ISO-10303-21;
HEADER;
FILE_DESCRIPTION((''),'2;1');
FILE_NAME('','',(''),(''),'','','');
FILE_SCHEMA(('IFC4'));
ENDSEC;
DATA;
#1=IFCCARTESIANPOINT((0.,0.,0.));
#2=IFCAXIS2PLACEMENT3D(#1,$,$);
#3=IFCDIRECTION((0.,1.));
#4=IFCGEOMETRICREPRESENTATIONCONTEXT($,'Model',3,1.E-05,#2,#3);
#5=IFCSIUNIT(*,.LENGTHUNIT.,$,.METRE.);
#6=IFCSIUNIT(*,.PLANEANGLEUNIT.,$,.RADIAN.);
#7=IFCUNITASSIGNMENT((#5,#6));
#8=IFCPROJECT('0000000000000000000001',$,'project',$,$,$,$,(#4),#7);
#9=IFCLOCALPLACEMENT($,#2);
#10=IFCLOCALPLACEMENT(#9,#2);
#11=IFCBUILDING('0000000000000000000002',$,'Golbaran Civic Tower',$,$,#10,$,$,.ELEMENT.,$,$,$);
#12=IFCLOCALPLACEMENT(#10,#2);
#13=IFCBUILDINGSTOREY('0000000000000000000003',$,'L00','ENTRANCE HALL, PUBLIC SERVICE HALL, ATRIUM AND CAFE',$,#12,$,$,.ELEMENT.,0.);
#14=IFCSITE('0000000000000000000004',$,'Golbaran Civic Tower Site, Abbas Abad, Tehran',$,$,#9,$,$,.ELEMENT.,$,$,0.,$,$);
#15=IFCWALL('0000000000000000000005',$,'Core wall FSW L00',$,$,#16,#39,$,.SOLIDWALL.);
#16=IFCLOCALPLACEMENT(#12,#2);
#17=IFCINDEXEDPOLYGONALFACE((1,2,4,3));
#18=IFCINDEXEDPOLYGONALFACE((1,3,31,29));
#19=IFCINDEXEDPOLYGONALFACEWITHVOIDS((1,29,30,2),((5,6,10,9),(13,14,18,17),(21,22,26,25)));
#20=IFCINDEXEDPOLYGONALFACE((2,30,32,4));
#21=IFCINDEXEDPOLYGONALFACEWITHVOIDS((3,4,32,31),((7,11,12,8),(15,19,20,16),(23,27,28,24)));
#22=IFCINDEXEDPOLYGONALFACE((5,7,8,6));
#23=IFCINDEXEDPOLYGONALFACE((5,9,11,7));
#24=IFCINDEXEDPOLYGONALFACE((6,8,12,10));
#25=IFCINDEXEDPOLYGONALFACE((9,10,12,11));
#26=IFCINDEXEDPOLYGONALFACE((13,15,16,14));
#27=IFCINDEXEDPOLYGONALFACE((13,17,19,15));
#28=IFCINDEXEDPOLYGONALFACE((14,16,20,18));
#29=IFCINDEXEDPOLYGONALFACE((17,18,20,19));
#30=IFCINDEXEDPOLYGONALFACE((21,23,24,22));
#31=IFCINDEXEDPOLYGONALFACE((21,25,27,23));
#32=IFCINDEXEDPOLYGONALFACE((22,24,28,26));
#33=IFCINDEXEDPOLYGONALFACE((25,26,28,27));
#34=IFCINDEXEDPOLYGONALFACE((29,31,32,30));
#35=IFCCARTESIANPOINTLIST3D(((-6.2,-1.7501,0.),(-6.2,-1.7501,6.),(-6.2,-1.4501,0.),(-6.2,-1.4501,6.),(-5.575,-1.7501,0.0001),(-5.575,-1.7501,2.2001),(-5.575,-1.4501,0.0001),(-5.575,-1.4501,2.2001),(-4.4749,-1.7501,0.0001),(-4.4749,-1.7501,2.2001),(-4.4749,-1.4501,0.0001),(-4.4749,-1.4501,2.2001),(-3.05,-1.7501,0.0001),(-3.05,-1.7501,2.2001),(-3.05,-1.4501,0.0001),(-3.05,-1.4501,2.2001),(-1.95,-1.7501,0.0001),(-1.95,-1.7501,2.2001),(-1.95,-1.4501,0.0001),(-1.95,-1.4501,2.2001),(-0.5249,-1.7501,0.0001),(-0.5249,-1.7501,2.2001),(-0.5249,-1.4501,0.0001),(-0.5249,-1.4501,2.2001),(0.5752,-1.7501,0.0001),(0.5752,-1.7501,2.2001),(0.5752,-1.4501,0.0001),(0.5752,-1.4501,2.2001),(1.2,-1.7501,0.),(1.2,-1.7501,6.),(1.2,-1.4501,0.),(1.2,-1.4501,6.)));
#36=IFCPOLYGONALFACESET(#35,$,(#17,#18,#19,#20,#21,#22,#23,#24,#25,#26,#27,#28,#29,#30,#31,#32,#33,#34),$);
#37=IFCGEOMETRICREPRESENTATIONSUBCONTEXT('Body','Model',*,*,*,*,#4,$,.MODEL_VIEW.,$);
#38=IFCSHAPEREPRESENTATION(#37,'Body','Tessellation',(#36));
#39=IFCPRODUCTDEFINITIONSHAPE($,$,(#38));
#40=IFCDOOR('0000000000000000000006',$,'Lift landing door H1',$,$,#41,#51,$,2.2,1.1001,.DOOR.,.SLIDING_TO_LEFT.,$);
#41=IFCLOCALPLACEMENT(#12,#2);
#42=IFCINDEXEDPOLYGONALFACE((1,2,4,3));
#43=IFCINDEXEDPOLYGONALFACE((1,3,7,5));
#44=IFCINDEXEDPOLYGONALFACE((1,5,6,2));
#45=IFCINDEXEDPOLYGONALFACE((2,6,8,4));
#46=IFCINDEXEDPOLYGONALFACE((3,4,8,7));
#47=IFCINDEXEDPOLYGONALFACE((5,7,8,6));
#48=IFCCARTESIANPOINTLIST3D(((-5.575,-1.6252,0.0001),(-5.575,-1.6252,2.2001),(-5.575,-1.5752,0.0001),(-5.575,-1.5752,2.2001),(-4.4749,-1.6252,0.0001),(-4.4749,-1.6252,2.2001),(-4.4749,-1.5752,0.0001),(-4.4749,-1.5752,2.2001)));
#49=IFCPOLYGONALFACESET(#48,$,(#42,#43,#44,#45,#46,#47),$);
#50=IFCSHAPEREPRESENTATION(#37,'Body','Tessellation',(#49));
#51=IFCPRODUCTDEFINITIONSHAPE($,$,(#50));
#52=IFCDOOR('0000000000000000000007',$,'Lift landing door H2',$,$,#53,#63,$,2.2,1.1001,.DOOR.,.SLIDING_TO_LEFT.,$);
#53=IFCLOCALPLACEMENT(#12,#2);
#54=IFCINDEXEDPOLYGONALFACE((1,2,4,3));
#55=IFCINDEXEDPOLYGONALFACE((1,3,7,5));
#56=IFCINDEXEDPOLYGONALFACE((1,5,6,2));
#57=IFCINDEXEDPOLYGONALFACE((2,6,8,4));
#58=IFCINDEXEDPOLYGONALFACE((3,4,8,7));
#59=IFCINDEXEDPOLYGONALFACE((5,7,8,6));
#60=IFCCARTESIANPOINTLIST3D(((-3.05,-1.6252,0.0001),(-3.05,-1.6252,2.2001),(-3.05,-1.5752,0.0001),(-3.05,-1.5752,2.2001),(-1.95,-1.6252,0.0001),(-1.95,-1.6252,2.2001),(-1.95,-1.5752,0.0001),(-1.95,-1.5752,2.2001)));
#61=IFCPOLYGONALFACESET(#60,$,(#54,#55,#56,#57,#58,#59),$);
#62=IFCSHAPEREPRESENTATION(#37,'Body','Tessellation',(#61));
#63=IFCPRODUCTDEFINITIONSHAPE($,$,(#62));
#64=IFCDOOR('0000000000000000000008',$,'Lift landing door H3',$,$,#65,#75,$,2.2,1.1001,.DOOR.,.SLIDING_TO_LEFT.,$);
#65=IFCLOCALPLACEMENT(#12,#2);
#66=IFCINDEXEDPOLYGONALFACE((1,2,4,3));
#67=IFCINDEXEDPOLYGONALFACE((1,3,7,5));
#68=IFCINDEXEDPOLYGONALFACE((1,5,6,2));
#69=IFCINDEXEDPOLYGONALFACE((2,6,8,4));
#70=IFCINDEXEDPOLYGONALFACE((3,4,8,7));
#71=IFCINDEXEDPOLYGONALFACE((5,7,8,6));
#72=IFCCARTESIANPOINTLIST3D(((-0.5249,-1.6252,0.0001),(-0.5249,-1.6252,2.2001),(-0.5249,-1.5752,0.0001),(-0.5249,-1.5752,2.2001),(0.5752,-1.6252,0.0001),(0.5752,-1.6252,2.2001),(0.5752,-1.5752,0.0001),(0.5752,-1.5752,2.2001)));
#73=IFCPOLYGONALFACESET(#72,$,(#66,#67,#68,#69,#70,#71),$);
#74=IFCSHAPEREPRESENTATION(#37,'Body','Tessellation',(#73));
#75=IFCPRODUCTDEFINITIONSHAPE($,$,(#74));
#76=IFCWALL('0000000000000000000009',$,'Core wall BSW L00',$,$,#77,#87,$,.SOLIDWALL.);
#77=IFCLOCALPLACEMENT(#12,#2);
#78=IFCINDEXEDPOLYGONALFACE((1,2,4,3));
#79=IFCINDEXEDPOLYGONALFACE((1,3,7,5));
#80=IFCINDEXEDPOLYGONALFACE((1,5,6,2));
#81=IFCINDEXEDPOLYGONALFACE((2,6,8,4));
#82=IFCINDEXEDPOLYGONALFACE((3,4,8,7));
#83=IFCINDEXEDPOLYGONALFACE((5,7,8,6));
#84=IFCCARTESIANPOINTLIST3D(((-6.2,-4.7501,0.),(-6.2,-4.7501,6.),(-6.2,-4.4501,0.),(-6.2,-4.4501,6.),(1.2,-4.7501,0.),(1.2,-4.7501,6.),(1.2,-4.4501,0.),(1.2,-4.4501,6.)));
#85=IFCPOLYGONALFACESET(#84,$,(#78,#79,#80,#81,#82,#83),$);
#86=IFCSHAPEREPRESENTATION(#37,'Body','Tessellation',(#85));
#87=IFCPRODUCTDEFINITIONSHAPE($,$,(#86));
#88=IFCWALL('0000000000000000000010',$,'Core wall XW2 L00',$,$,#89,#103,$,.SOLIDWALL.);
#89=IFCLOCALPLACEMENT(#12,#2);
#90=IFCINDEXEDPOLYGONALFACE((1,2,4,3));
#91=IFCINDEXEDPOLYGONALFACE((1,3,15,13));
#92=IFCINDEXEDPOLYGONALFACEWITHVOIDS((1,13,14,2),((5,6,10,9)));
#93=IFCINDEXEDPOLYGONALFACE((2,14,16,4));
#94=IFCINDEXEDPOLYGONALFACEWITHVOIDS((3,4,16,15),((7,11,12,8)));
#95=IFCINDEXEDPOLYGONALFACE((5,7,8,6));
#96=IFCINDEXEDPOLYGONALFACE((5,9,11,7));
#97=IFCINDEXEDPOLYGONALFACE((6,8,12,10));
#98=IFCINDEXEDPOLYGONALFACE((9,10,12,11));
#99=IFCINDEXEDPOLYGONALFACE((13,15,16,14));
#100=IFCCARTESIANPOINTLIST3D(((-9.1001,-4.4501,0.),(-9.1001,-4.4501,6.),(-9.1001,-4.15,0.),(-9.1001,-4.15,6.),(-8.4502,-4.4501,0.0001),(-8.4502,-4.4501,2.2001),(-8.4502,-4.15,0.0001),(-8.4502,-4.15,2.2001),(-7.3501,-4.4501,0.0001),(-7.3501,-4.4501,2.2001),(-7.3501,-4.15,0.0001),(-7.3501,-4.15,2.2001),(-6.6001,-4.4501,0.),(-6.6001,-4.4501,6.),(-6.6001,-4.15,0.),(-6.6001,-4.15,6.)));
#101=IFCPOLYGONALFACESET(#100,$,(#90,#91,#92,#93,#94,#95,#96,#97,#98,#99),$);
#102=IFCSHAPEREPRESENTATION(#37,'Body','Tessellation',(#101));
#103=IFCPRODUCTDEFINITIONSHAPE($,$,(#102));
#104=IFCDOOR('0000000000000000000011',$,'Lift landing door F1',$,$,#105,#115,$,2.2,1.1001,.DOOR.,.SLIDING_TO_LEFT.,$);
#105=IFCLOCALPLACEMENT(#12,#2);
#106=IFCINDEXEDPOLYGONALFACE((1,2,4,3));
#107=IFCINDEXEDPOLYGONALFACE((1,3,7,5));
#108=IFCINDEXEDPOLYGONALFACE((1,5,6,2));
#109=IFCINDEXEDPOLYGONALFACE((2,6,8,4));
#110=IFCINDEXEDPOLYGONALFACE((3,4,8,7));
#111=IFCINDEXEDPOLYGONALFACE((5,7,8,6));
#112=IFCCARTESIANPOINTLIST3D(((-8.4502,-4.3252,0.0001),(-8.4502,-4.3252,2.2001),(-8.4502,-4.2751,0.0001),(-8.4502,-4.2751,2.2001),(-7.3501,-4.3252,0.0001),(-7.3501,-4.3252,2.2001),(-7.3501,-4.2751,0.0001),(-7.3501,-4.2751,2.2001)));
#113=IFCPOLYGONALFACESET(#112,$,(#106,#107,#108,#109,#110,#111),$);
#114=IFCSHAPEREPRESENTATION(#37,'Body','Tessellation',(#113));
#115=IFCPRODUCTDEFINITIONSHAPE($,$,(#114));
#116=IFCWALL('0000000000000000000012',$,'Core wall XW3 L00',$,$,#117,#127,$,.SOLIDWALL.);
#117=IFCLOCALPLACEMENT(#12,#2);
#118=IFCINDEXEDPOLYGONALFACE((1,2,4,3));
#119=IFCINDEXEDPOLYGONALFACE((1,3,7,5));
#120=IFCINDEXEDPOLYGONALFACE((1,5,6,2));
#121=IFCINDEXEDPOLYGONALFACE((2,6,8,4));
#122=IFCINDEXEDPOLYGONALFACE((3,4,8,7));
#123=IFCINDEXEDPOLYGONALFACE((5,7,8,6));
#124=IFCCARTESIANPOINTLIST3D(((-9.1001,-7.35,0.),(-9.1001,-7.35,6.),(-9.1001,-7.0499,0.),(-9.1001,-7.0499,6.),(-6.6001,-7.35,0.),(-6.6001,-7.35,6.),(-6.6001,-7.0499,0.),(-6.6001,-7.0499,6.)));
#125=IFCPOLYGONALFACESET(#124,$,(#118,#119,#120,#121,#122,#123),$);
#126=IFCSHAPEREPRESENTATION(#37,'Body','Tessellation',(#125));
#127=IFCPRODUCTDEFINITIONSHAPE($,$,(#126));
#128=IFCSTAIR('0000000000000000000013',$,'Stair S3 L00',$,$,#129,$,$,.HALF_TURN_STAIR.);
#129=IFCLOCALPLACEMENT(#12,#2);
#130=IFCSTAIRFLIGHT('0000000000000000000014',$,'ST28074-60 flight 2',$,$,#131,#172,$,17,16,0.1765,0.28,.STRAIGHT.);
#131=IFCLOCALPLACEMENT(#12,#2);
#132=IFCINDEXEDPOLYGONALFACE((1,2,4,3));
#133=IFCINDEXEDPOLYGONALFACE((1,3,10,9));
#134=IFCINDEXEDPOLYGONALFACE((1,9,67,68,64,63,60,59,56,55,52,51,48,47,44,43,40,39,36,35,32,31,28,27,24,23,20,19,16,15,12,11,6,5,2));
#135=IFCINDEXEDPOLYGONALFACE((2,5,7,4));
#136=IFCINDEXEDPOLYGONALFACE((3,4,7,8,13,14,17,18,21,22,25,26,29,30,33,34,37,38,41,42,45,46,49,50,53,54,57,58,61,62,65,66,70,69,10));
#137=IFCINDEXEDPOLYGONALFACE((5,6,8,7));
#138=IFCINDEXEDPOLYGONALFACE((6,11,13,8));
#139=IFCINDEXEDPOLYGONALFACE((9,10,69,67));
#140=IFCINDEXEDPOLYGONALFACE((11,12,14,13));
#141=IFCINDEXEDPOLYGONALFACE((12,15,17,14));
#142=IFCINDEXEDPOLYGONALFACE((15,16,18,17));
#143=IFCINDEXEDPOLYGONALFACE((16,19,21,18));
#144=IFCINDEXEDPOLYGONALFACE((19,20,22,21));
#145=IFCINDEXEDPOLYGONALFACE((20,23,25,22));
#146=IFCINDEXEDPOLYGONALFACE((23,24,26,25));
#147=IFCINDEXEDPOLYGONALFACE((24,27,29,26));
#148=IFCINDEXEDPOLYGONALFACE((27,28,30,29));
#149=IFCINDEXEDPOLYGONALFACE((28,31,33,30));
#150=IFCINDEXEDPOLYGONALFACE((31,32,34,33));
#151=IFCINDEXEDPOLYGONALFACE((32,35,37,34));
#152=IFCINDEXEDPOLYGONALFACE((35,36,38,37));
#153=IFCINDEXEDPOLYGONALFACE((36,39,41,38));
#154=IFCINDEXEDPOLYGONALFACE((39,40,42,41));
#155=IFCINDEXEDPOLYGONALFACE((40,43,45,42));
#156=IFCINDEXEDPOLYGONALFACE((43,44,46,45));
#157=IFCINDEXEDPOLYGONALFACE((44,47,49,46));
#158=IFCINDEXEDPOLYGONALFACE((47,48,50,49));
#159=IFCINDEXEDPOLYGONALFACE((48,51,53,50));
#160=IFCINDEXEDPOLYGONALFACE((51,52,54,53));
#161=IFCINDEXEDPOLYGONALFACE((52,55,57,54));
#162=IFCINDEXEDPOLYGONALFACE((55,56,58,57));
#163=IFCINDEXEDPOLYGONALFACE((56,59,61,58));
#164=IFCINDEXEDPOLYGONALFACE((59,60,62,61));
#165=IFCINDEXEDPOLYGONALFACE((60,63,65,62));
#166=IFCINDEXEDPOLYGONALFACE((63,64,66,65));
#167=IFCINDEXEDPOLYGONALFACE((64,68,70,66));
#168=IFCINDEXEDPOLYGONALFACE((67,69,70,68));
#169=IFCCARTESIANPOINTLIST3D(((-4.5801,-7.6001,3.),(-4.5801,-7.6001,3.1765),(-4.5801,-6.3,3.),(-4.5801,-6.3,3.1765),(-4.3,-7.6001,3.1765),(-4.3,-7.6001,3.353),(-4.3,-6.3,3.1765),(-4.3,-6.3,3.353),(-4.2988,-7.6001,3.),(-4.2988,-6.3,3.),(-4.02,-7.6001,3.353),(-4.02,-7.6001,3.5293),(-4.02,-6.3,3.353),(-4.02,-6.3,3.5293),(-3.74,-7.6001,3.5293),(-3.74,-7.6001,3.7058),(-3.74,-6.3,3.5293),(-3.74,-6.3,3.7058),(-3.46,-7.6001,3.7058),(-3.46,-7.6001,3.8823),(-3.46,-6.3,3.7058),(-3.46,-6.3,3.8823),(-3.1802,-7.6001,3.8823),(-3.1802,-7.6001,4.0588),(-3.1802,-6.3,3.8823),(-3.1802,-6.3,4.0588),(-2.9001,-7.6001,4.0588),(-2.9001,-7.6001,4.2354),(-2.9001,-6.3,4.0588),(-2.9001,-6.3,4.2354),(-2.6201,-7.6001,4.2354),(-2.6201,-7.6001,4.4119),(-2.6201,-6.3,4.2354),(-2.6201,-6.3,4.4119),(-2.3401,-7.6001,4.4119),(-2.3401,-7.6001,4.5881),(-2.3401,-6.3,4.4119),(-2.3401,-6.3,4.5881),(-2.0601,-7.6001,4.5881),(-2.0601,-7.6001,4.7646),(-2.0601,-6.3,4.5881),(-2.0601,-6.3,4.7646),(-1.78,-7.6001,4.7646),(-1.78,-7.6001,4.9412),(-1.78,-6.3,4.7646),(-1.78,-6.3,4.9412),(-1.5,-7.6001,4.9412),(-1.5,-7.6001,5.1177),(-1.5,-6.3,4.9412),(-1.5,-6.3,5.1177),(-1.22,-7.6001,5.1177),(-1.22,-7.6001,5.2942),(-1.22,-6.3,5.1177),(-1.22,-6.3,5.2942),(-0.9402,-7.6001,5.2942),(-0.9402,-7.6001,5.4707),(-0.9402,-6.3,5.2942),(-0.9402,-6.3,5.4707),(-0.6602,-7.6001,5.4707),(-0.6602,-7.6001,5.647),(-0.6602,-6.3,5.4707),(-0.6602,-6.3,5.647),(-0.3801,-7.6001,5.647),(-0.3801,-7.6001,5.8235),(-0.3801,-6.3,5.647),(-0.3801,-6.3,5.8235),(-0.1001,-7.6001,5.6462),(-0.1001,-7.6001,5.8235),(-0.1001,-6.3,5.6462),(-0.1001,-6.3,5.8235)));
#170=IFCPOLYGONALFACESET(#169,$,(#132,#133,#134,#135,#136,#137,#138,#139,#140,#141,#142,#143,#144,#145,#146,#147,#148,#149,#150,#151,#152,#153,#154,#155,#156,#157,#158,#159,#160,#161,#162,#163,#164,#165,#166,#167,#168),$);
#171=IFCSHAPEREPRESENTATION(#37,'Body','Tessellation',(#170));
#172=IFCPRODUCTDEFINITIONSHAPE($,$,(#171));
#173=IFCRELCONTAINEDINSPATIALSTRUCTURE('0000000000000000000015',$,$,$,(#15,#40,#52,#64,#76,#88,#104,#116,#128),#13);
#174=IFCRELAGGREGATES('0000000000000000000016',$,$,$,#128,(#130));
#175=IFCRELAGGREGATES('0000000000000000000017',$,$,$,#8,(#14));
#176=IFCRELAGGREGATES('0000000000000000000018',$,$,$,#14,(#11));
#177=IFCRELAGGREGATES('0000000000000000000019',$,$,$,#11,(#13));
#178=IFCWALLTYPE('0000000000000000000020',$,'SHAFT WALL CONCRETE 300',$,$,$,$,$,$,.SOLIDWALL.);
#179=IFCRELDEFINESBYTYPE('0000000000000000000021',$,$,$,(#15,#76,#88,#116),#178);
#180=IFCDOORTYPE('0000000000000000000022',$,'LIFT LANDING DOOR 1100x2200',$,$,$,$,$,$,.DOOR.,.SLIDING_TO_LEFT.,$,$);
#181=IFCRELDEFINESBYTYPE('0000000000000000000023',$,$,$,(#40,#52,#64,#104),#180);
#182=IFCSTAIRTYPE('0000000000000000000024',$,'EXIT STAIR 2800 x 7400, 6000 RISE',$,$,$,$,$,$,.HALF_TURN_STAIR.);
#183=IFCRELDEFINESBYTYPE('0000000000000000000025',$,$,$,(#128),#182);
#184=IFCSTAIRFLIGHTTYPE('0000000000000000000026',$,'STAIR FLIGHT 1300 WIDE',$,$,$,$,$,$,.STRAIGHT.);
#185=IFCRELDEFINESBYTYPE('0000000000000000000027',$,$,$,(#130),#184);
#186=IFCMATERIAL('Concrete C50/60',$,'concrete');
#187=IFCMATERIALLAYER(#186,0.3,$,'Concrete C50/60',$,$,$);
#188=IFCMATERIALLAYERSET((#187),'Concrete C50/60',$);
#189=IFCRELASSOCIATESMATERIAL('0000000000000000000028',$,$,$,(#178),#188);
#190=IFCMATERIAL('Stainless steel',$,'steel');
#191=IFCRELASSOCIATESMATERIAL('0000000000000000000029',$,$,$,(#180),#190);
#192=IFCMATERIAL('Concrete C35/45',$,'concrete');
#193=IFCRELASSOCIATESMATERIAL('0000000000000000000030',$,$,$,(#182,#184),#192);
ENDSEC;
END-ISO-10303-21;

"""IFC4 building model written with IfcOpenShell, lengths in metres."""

from ifc_helpers import new_model, si_unit, direction, frame, frame_2d, origin, place, context, subcontext, project, spatial, polyline, rectangle, outline, extrude, material, layer, layer_set, type_object, element, fill, aggregate, save


model = new_model("IFC4")

# Units and contexts
model_context = context("Model", 3, precision=1e-05, world=origin(), true_north=direction((0.0, 1.0)))
body_context = subcontext(model_context, "Body", "Model", "MODEL_VIEW")
ifc_project = project(units=[si_unit("LENGTHUNIT", "METRE"), si_unit("PLANEANGLEUNIT", "RADIAN")], contexts=[model_context])

# Site, building, storey
site_placement = place(None, origin())
site = spatial("IfcSite", under=ifc_project, at=site_placement, Name="Golbaran Civic Tower Site, Abbas Abad, Tehran", CompositionType="ELEMENT", RefElevation=0.0)
building_placement = place(site_placement, origin())
building = spatial("IfcBuilding", under=site, at=building_placement, Name="Golbaran Civic Tower", CompositionType="ELEMENT")
storey_placement = place(building_placement, origin())
storey = spatial("IfcBuildingStorey", under=building, at=storey_placement, Name="L00", Description="ENTRANCE HALL, PUBLIC SERVICE HALL, ATRIUM AND CAFE", CompositionType="ELEMENT", Elevation=0.0)

# Shared definitions
ifc_material_1 = material(Name="Concrete C50/60", Category="concrete")

# Wall, openings, doors
ifc_layer_1 = layer(ifc_material_1, 0.3, Name="Concrete C50/60")
ifc_layer_set_1 = layer_set([ifc_layer_1], Name="Concrete C50/60")
wall_type_1 = type_object("IfcWallType", Name="SHAFT WALL CONCRETE 300", PredefinedType="SOLIDWALL", material=ifc_layer_set_1)
wall_1_placement = place(storey_placement, frame((-6.2, -1.6001, 0.0), z_axis=(0.0, 0.0, 1.0), x_axis=(1.0, 0.0, 0.0)))
wall_1 = element("IfcWall", 1, at=wall_1_placement, inside=storey, type_object=wall_type_1, Name="Core wall FSW L00", PredefinedType="SOLIDWALL", context=body_context, shape_type="SweptSolid", body=[
    extrude(rectangle(XDim=7.3999, YDim=0.3, at=frame_2d((3.7, 0.0))), origin(), (0.0, 0.0, 1.0), 6.0),
])
opening_1_placement = place(wall_1_placement, frame((0.625, 0.0, 0.0)))
opening_1 = element("IfcOpeningElement", 2, at=opening_1_placement, cuts=wall_1, PredefinedType="OPENING", context=body_context, shape_type="SweptSolid", body=[
    extrude(rectangle(XDim=1.1001, YDim=2.2, at=frame_2d((0.55, 1.1001))), frame((0.0, 0.1599, 0.0), z_axis=(0.0, -1.0, 0.0), x_axis=(1.0, 0.0, 0.0)), (0.0, 0.0, 1.0), 0.3201),
])
opening_2_placement = place(wall_1_placement, frame((3.1499, 0.0, 0.0)))
opening_2 = element("IfcOpeningElement", 3, at=opening_2_placement, cuts=wall_1, PredefinedType="OPENING", context=body_context, shape_type="SweptSolid", body=[
    extrude(rectangle(XDim=1.1001, YDim=2.2, at=frame_2d((0.55, 1.1001))), frame((0.0, 0.1599, 0.0), z_axis=(0.0, -1.0, 0.0), x_axis=(1.0, 0.0, 0.0)), (0.0, 0.0, 1.0), 0.3201),
])
opening_3_placement = place(wall_1_placement, frame((5.675, 0.0, 0.0)))
opening_3 = element("IfcOpeningElement", 4, at=opening_3_placement, cuts=wall_1, PredefinedType="OPENING", context=body_context, shape_type="SweptSolid", body=[
    extrude(rectangle(XDim=1.1001, YDim=2.2, at=frame_2d((0.55, 1.1001))), frame((0.0, 0.1599, 0.0), z_axis=(0.0, -1.0, 0.0), x_axis=(1.0, 0.0, 0.0)), (0.0, 0.0, 1.0), 0.3201),
])
ifc_material_2 = material(Name="Stainless steel", Category="steel")
door_type_1 = type_object("IfcDoorType", Name="LIFT LANDING DOOR 1100x2200", OperationType="SLIDING_TO_LEFT", PredefinedType="DOOR", material=ifc_material_2)
door_1_placement = place(opening_1_placement, origin())
door_1 = element("IfcDoor", 5, at=door_1_placement, inside=storey, type_object=door_type_1, Name="Lift landing door H1", OperationType="SLIDING_TO_LEFT", OverallHeight=2.2, OverallWidth=1.1001, PredefinedType="DOOR", context=body_context, shape_type="SweptSolid", body=[
    extrude(rectangle(XDim=1.1001, YDim=2.2, at=frame_2d((0.55, 1.1001))), frame((0.0, 0.0249, 0.0), z_axis=(0.0, -1.0, 0.0), x_axis=(1.0, 0.0, 0.0)), (0.0, 0.0, 1.0), 0.05),
])
fill(opening_1, door_1)
door_2_placement = place(opening_2_placement, origin())
door_2 = element("IfcDoor", 6, at=door_2_placement, inside=storey, type_object=door_type_1, Name="Lift landing door H2", OperationType="SLIDING_TO_LEFT", OverallHeight=2.2, OverallWidth=1.1001, PredefinedType="DOOR", context=body_context, shape_type="SweptSolid", body=[
    extrude(rectangle(XDim=1.1001, YDim=2.2, at=frame_2d((0.55, 1.1001))), frame((0.0, 0.0249, 0.0), z_axis=(0.0, -1.0, 0.0), x_axis=(1.0, 0.0, 0.0)), (0.0, 0.0, 1.0), 0.05),
])
fill(opening_2, door_2)
door_3_placement = place(opening_3_placement, origin())
door_3 = element("IfcDoor", 7, at=door_3_placement, inside=storey, type_object=door_type_1, Name="Lift landing door H3", OperationType="SLIDING_TO_LEFT", OverallHeight=2.2, OverallWidth=1.1001, PredefinedType="DOOR", context=body_context, shape_type="SweptSolid", body=[
    extrude(rectangle(XDim=1.1001, YDim=2.2, at=frame_2d((0.55, 1.1001))), frame((0.0, 0.0249, 0.0), z_axis=(0.0, -1.0, 0.0), x_axis=(1.0, 0.0, 0.0)), (0.0, 0.0, 1.0), 0.05),
])
fill(opening_3, door_3)

# Wall
wall_2_placement = place(storey_placement, frame((-6.2, -4.6001, 0.0), z_axis=(0.0, 0.0, 1.0), x_axis=(1.0, 0.0, 0.0)))
element("IfcWall", 8, at=wall_2_placement, inside=storey, type_object=wall_type_1, Name="Core wall BSW L00", PredefinedType="SOLIDWALL", context=body_context, shape_type="SweptSolid", body=[
    extrude(rectangle(XDim=7.3999, YDim=0.3, at=frame_2d((3.7, 0.0))), origin(), (0.0, 0.0, 1.0), 6.0),
])

# Wall, opening, door
wall_3_placement = place(storey_placement, frame((-9.1001, -4.3, 0.0), z_axis=(0.0, 0.0, 1.0), x_axis=(1.0, 0.0, 0.0)))
wall_3 = element("IfcWall", 9, at=wall_3_placement, inside=storey, type_object=wall_type_1, Name="Core wall XW2 L00", PredefinedType="SOLIDWALL", context=body_context, shape_type="SweptSolid", body=[
    extrude(rectangle(XDim=2.5, YDim=0.3, at=frame_2d((1.25, 0.0))), origin(), (0.0, 0.0, 1.0), 6.0),
])
opening_4_placement = place(wall_3_placement, frame((0.6499, 0.0, 0.0)))
opening_4 = element("IfcOpeningElement", 10, at=opening_4_placement, cuts=wall_3, PredefinedType="OPENING", context=body_context, shape_type="SweptSolid", body=[
    extrude(rectangle(XDim=1.1001, YDim=2.2, at=frame_2d((0.55, 1.1001))), frame((0.0, 0.1599, 0.0), z_axis=(0.0, -1.0, 0.0), x_axis=(1.0, 0.0, 0.0)), (0.0, 0.0, 1.0), 0.3201),
])
door_4_placement = place(opening_4_placement, origin())
door_4 = element("IfcDoor", 11, at=door_4_placement, inside=storey, type_object=door_type_1, Name="Lift landing door F1", OperationType="SLIDING_TO_LEFT", OverallHeight=2.2, OverallWidth=1.1001, PredefinedType="DOOR", context=body_context, shape_type="SweptSolid", body=[
    extrude(rectangle(XDim=1.1001, YDim=2.2, at=frame_2d((0.55, 1.1001))), frame((0.0, 0.0249, 0.0), z_axis=(0.0, -1.0, 0.0), x_axis=(1.0, 0.0, 0.0)), (0.0, 0.0, 1.0), 0.05),
])
fill(opening_4, door_4)

# Wall
wall_4_placement = place(storey_placement, frame((-9.1001, -7.2, 0.0), z_axis=(0.0, 0.0, 1.0), x_axis=(1.0, 0.0, 0.0)))
element("IfcWall", 12, at=wall_4_placement, inside=storey, type_object=wall_type_1, Name="Core wall XW3 L00", PredefinedType="SOLIDWALL", context=body_context, shape_type="SweptSolid", body=[
    extrude(rectangle(XDim=2.5, YDim=0.3, at=frame_2d((1.25, 0.0))), origin(), (0.0, 0.0, 1.0), 6.0),
])

# Stair, stair flight
ifc_material_3 = material(Name="Concrete C35/45", Category="concrete")
stair_type = type_object("IfcStairType", Name="EXIT STAIR 2800 x 7400, 6000 RISE", PredefinedType="HALF_TURN_STAIR", material=ifc_material_3)
stair_placement = place(storey_placement, origin())
stair = element("IfcStair", 13, at=stair_placement, inside=storey, type_object=stair_type, Name="Stair S3 L00", PredefinedType="HALF_TURN_STAIR")
stair_flight_type = type_object("IfcStairFlightType", Name="STAIR FLIGHT 1300 WIDE", PredefinedType="STRAIGHT", material=ifc_material_3)
stair_flight_placement = place(storey_placement, frame((-4.5801, -6.95, 3.0), z_axis=(0.0, 0.0, 1.0), x_axis=(1.0, 0.0, 0.0)))
stair_flight = element("IfcStairFlight", 14, at=stair_flight_placement, type_object=stair_flight_type, Name="ST28074-60 flight 2", NumberOfRisers=17, NumberOfTreads=16, PredefinedType="STRAIGHT", RiserHeight=0.1765, TreadLength=0.28, context=body_context, shape_type="SweptSolid", body=[
    extrude(outline(polyline([(0.0, 0.0), (0.0, 0.1765), (0.28, 0.1765), (0.28, 0.353), (0.5601, 0.353), (0.5601, 0.5293), (0.8401, 0.5293), (0.8401, 0.7058), (1.1201, 0.7058), (1.1201, 0.8823), (1.3999, 0.8823), (1.3999, 1.0588), (1.6799, 1.0588), (1.6799, 1.2354), (1.96, 1.2354), (1.96, 1.4119), (2.24, 1.4119), (2.24, 1.5881), (2.52, 1.5881), (2.52, 1.7646), (2.8, 1.7646), (2.8, 1.9412), (3.0801, 1.9412), (3.0801, 2.1177), (3.3601, 2.1177), (3.3601, 2.2942), (3.6399, 2.2942), (3.6399, 2.4707), (3.9199, 2.4707), (3.9199, 2.647), (4.2, 2.647), (4.2, 2.8235), (4.48, 2.8235), (4.48, 3.0), (4.48, 2.6462), (0.2812, 0.0), (0.0, 0.0)])), frame((0.0, 0.6499, 0.0), z_axis=(0.0, -1.0, 0.0), x_axis=(1.0, 0.0, 0.0)), (0.0, 0.0, 1.0), 1.3),
])
aggregate(stair, [stair_flight])

save(model, "model.ifc")
